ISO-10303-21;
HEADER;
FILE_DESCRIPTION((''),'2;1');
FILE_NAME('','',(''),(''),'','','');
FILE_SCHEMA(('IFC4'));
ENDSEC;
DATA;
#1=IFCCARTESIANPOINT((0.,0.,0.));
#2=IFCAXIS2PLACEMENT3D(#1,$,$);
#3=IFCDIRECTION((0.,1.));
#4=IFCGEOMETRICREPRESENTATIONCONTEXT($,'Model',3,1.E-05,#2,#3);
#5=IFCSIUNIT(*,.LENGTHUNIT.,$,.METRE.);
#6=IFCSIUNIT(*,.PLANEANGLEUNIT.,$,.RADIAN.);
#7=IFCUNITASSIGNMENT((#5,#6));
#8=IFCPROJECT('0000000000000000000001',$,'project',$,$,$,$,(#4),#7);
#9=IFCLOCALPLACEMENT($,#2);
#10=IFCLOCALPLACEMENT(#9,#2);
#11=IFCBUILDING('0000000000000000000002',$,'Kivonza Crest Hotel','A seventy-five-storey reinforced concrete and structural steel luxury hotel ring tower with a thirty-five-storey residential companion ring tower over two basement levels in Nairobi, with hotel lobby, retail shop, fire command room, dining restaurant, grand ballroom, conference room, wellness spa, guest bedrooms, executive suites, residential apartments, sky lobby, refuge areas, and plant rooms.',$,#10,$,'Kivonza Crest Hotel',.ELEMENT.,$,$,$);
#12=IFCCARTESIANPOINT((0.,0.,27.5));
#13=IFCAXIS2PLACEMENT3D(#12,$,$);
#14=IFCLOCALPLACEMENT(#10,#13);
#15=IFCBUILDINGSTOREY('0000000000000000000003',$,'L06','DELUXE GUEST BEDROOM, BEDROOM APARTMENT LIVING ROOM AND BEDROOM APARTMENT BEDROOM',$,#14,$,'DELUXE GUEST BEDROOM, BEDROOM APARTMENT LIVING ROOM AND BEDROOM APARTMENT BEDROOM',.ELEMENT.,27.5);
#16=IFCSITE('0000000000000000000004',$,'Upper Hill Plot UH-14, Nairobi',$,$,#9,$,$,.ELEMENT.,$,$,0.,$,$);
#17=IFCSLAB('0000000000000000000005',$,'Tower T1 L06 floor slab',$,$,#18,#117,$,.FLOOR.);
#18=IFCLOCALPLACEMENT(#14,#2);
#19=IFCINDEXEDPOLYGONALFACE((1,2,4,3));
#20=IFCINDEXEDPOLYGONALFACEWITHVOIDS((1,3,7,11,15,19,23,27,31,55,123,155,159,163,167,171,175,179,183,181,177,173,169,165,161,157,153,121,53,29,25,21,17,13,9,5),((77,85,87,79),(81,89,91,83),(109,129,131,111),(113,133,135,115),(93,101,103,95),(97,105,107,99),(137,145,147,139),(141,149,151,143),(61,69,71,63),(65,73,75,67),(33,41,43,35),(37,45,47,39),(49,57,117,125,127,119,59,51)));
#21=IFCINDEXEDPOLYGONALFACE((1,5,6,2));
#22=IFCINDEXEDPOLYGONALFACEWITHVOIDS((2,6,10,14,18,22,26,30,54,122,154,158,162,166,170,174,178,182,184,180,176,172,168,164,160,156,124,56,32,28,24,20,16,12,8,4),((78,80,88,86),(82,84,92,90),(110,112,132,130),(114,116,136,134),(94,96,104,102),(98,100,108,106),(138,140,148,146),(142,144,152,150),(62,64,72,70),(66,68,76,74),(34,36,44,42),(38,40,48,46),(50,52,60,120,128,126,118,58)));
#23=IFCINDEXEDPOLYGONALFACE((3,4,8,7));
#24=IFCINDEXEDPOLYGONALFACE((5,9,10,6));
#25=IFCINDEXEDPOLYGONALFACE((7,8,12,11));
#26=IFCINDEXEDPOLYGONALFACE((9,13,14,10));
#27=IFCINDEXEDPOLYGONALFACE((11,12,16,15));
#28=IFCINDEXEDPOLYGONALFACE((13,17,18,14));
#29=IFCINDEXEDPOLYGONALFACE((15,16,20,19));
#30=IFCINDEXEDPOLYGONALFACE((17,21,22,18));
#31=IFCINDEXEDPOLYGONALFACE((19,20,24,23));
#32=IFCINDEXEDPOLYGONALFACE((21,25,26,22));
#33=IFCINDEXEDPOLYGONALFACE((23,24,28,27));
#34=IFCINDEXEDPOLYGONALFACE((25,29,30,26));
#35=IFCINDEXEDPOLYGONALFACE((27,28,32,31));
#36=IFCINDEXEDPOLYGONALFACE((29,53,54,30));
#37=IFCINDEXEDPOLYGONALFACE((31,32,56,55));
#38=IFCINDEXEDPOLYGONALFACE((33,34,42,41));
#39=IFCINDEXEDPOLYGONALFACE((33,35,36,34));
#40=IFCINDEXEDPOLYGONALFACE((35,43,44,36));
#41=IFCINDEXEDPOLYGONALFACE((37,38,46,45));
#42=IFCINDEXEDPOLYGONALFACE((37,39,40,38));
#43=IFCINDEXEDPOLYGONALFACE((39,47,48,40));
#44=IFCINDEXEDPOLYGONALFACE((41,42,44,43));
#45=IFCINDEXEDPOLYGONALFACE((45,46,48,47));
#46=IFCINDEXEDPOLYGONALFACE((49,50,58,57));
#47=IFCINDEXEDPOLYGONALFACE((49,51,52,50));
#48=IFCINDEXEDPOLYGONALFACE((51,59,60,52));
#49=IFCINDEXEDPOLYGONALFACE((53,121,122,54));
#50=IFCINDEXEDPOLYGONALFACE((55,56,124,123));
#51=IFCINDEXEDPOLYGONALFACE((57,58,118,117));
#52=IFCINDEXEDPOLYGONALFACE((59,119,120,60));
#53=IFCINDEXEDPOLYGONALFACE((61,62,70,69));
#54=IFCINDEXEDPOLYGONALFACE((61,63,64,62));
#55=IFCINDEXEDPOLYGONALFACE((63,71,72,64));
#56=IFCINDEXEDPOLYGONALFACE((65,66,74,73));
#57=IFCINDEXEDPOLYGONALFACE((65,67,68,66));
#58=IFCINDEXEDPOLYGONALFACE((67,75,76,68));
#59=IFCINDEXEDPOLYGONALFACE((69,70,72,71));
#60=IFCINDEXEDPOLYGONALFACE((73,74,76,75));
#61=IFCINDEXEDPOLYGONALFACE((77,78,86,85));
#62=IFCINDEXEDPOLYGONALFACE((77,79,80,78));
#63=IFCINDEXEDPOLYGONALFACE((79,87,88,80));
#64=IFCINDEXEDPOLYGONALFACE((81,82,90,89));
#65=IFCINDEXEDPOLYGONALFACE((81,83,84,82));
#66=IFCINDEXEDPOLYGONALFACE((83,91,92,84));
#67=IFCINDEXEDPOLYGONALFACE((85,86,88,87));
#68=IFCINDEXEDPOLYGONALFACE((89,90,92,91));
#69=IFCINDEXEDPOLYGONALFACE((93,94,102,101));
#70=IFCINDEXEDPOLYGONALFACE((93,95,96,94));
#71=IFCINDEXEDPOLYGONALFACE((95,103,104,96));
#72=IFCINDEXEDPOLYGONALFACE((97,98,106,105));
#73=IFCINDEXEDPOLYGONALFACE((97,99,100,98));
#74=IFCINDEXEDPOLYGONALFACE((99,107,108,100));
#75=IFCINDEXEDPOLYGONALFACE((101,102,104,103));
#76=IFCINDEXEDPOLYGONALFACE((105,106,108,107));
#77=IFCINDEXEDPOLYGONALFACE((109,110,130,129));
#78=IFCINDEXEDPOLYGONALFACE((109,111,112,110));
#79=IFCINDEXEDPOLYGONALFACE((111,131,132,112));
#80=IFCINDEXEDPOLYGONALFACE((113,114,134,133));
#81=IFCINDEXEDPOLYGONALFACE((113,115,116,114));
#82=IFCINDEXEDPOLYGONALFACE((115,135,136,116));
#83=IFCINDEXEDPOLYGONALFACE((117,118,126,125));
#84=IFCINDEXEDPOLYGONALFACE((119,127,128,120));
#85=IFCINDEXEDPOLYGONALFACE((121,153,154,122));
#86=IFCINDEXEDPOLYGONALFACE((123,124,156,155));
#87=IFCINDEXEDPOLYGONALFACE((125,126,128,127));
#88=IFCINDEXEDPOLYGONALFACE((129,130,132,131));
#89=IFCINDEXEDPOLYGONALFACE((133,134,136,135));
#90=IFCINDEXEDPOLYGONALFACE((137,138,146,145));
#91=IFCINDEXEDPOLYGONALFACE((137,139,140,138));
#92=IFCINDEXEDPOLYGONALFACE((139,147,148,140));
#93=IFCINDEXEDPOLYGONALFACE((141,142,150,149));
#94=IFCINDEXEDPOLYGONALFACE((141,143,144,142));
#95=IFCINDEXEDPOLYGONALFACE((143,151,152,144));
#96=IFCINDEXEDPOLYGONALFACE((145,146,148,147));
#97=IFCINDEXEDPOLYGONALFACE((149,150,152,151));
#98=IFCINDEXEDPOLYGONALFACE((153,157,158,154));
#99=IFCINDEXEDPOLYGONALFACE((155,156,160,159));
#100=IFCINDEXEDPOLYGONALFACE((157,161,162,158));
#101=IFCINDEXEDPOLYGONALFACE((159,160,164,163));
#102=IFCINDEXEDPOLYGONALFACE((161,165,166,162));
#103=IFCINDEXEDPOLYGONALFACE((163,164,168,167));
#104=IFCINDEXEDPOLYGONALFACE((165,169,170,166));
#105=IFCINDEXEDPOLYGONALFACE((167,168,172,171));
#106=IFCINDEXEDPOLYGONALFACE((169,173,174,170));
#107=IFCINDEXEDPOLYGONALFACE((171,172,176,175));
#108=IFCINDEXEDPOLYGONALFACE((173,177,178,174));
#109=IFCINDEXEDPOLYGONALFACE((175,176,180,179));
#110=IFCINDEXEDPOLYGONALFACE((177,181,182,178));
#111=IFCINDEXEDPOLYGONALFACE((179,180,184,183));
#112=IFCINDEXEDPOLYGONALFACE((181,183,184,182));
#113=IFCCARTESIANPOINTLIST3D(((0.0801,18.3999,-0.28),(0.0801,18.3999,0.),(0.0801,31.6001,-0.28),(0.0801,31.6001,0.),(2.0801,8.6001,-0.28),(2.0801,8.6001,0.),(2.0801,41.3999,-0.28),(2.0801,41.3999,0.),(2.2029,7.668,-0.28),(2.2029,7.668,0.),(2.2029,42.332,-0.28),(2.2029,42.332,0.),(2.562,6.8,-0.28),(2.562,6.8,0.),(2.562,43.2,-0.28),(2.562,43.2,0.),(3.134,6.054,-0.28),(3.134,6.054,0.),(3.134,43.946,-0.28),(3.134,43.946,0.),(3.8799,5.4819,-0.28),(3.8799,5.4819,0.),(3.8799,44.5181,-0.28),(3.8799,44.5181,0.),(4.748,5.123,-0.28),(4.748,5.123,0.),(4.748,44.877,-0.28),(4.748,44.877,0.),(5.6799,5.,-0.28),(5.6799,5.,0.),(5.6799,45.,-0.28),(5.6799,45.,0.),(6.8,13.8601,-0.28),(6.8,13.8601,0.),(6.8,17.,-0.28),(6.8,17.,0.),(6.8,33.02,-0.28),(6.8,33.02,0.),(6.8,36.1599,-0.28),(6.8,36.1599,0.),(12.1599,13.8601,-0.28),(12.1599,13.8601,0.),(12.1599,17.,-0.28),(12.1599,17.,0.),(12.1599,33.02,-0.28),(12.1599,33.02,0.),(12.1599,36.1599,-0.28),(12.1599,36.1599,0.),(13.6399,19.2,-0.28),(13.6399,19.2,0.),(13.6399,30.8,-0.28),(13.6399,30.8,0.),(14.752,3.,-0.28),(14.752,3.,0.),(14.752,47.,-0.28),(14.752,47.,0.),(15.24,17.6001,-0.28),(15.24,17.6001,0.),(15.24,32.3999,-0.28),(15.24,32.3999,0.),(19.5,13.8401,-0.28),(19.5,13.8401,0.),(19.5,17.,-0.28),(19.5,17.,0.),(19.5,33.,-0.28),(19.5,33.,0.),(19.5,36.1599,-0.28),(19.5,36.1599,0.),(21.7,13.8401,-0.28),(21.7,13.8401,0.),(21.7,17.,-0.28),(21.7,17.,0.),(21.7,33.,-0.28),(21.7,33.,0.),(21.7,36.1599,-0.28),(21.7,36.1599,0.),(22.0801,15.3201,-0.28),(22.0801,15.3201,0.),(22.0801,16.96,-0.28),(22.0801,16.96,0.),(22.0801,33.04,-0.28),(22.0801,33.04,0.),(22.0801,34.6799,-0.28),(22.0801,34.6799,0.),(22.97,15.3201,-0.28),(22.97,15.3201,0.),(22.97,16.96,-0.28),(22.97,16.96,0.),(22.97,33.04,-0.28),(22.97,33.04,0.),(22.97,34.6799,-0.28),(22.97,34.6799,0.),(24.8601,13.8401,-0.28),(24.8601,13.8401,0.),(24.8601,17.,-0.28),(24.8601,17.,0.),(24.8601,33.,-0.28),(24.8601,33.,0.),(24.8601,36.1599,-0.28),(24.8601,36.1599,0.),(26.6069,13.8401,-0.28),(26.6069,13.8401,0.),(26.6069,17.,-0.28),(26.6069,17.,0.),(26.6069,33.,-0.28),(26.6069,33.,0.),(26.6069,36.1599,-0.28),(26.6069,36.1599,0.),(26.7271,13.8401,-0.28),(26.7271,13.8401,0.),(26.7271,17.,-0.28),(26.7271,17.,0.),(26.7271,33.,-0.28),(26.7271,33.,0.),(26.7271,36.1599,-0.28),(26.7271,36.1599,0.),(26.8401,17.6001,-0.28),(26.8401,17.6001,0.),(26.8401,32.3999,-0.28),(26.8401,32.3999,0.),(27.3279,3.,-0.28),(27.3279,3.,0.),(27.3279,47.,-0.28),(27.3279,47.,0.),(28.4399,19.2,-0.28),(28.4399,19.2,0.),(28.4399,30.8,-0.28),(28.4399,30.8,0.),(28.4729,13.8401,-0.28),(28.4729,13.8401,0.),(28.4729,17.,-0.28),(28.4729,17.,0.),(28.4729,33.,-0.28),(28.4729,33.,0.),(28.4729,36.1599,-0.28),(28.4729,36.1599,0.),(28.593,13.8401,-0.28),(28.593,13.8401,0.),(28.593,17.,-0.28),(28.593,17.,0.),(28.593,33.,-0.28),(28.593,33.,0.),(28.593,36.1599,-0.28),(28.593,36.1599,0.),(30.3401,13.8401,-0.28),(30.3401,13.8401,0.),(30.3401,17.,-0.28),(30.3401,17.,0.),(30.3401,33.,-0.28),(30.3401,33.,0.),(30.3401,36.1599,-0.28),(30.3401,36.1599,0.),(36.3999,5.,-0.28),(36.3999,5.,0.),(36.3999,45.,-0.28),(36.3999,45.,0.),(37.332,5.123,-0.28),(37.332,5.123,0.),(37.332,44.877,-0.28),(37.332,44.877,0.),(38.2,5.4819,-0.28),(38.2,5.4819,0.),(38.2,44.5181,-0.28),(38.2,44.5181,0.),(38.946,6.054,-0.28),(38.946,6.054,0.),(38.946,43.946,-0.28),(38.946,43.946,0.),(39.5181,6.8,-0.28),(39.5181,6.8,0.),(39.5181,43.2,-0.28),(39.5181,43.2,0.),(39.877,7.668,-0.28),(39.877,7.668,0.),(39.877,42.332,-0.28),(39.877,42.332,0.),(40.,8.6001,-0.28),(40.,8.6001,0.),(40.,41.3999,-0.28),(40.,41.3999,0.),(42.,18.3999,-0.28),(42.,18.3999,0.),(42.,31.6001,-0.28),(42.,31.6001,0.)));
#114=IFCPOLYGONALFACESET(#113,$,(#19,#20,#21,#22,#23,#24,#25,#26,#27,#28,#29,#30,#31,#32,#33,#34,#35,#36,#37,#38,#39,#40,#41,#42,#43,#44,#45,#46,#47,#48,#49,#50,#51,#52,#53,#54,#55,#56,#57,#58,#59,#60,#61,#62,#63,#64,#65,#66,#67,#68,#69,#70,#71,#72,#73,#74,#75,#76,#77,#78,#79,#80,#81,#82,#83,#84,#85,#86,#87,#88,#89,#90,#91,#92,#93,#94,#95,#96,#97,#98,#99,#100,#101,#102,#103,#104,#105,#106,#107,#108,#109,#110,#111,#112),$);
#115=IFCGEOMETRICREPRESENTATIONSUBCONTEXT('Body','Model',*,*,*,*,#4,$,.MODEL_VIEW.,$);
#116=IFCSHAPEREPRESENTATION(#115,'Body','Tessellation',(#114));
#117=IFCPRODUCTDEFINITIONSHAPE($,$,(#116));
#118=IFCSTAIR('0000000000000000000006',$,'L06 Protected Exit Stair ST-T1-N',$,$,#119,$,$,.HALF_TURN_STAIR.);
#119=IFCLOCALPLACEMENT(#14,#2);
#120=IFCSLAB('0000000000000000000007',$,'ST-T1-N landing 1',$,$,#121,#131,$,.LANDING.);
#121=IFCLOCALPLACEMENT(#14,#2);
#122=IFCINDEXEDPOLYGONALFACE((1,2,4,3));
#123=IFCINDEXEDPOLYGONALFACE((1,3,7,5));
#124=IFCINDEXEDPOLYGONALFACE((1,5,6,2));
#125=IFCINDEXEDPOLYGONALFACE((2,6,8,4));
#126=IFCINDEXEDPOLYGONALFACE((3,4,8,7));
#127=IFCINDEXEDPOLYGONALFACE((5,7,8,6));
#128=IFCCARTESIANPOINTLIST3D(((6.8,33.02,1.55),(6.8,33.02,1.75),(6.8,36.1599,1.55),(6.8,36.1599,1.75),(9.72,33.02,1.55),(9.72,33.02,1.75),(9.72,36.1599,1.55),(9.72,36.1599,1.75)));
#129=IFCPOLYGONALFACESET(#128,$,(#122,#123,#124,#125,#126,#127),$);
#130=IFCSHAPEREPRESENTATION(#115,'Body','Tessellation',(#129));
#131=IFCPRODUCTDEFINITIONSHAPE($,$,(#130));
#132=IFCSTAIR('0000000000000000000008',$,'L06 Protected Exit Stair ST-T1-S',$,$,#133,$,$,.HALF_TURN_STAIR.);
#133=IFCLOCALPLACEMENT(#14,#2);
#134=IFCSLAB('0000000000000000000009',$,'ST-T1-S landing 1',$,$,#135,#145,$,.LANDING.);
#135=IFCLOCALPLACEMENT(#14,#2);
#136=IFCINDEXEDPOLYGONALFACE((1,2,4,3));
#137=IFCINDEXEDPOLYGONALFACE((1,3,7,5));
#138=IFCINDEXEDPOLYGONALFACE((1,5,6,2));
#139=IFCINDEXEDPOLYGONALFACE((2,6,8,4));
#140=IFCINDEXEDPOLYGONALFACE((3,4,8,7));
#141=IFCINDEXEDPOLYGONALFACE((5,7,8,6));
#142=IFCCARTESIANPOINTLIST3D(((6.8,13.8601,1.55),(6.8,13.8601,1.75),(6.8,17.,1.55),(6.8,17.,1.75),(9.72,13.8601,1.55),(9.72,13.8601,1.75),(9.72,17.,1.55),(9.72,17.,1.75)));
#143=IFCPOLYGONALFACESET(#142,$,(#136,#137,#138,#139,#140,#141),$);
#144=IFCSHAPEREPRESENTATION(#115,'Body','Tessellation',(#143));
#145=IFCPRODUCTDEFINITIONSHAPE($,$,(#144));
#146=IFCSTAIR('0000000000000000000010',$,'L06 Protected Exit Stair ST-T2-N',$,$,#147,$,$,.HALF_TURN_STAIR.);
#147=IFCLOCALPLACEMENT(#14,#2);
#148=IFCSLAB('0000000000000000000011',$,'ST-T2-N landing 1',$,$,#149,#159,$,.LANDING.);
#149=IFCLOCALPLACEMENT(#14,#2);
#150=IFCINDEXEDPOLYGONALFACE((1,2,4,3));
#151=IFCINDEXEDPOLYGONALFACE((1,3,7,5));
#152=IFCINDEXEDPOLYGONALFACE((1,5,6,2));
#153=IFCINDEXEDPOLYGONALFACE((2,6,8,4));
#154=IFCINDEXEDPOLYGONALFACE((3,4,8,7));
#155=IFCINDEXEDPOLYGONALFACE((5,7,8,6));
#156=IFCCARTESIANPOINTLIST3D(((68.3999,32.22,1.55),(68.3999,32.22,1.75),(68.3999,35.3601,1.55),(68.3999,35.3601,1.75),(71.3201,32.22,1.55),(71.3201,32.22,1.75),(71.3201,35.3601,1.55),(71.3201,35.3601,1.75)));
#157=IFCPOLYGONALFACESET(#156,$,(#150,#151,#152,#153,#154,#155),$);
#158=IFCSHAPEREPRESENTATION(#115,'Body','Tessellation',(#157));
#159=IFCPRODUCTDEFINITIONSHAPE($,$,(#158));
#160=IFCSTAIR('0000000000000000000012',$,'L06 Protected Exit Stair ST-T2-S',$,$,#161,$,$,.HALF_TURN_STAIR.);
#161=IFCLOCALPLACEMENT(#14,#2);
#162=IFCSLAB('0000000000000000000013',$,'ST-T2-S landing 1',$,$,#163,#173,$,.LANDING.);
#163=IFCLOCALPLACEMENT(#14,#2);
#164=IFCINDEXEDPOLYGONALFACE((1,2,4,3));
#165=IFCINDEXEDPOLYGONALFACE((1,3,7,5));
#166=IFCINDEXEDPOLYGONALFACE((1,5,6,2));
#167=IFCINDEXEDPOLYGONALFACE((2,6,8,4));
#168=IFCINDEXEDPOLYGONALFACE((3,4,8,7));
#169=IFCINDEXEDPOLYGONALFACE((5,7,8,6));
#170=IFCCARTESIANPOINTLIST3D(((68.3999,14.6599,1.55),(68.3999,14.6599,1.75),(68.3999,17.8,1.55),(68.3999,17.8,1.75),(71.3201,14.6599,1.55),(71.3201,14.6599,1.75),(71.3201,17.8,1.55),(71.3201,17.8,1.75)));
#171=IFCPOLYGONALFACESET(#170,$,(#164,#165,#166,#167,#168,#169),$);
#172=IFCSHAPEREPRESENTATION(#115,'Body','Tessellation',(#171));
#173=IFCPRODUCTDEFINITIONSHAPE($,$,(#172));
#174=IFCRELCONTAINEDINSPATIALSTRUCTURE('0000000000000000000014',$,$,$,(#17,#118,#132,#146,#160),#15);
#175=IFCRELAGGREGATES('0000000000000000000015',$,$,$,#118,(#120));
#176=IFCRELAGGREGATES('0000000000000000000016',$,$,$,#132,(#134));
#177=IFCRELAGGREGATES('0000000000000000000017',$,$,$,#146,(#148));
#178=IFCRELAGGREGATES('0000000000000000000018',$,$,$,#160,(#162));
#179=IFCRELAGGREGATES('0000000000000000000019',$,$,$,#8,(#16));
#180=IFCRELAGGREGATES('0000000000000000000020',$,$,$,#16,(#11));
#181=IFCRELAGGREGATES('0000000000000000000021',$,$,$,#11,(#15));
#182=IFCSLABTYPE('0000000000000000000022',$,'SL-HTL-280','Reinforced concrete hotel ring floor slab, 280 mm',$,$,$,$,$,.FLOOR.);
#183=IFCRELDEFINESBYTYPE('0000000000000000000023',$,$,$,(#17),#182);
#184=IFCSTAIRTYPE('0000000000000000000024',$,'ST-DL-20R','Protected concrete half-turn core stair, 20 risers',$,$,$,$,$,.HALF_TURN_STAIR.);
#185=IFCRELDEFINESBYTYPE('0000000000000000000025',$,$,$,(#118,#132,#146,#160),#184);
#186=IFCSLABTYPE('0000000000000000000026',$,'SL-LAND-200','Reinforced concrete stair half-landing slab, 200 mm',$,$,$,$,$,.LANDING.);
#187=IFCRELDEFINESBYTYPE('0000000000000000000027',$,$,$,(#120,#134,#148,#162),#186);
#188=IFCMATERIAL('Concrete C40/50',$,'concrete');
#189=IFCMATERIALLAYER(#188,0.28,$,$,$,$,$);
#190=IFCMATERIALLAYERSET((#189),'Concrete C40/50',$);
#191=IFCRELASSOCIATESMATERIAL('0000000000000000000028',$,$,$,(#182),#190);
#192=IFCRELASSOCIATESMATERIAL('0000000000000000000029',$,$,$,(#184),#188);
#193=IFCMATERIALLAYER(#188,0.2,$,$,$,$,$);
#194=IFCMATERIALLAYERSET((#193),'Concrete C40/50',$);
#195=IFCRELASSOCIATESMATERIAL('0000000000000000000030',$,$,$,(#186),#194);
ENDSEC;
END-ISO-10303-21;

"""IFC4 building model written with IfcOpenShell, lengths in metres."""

from ifc_helpers import new_model, si_unit, direction, frame, origin, place, context, subcontext, project, spatial, polyline, outline, extrude, material, layer, layer_set, type_object, element, aggregate, save


model = new_model("IFC4")

# Units and contexts
model_context = context("Model", 3, precision=1e-05, world=origin(), true_north=direction((0.0, 1.0)))
body_context = subcontext(model_context, "Body", "Model", "MODEL_VIEW")
ifc_project = project(units=[si_unit("LENGTHUNIT", "METRE"), si_unit("PLANEANGLEUNIT", "RADIAN")], contexts=[model_context])

# Site, building, storey
site_placement = place(None, origin())
site = spatial("IfcSite", under=ifc_project, at=site_placement, Name="Upper Hill Plot UH-14, Nairobi", CompositionType="ELEMENT", RefElevation=0.0)
building_placement = place(site_placement, origin())
building = spatial("IfcBuilding", under=site, at=building_placement, Name="Kivonza Crest Hotel", Description="A seventy-five-storey reinforced concrete and structural steel luxury hotel ring tower with a thirty-five-storey residential companion ring tower over two basement levels in Nairobi, with hotel lobby, retail shop, fire command room, dining restaurant, grand ballroom, conference room, wellness spa, guest bedrooms, executive suites, residential apartments, sky lobby, refuge areas, and plant rooms.", LongName="Kivonza Crest Hotel", CompositionType="ELEMENT")
storey_placement = place(building_placement, frame((0.0, 0.0, 27.5)))
storey = spatial("IfcBuildingStorey", under=building, at=storey_placement, Name="L06", Description="DELUXE GUEST BEDROOM, BEDROOM APARTMENT LIVING ROOM AND BEDROOM APARTMENT BEDROOM", LongName="DELUXE GUEST BEDROOM, BEDROOM APARTMENT LIVING ROOM AND BEDROOM APARTMENT BEDROOM", CompositionType="ELEMENT", Elevation=27.5)

# Slab
ifc_material_1 = material(Name="Concrete C40/50", Category="concrete")
ifc_layer_1 = layer(ifc_material_1, 0.28)
ifc_layer_set_1 = layer_set([ifc_layer_1], Name="Concrete C40/50")
slab_type_1 = type_object("IfcSlabType", Name="SL-HTL-280", Description="Reinforced concrete hotel ring floor slab, 280 mm", PredefinedType="FLOOR", material=ifc_layer_set_1)
slab_1_placement = place(storey_placement, frame((0.0, 0.0, -0.28)))
element("IfcSlab", 1, at=slab_1_placement, inside=storey, type_object=slab_type_1, Name="Tower T1 L06 floor slab", PredefinedType="FLOOR", context=body_context, shape_type="SweptSolid", body=[
    extrude(outline(polyline([(2.0801, 8.6001), (2.2029, 7.668), (2.562, 6.8), (3.134, 6.054), (3.8799, 5.4819), (4.748, 5.123), (5.6799, 5.0), (14.752, 3.0), (27.3279, 3.0), (36.3999, 5.0), (37.332, 5.123), (38.2, 5.4819), (38.946, 6.054), (39.5181, 6.8), (39.877, 7.668), (40.0, 8.6001), (42.0, 18.3999), (42.0, 31.6001), (40.0, 41.3999), (39.877, 42.332), (39.5181, 43.2), (38.946, 43.946), (38.2, 44.5181), (37.332, 44.877), (36.3999, 45.0), (27.3279, 47.0), (14.752, 47.0), (5.6799, 45.0), (4.748, 44.877), (3.8799, 44.5181), (3.134, 43.946), (2.562, 43.2), (2.2029, 42.332), (2.0801, 41.3999), (0.0801, 31.6001), (0.0801, 18.3999), (2.0801, 8.6001)]), holes=[polyline([(15.24, 17.6001), (26.8401, 17.6001), (28.4399, 19.2), (28.4399, 30.8), (26.8401, 32.3999), (15.24, 32.3999), (13.6399, 30.8), (13.6399, 19.2), (15.24, 17.6001)]), polyline([(6.8, 33.02), (12.1599, 33.02), (12.1599, 36.1599), (6.8, 36.1599), (6.8, 33.02)]), polyline([(6.8, 13.8601), (12.1599, 13.8601), (12.1599, 17.0), (6.8, 17.0), (6.8, 13.8601)]), polyline([(22.0801, 33.04), (22.97, 33.04), (22.97, 34.6799), (22.0801, 34.6799), (22.0801, 33.04)]), polyline([(22.0801, 15.3201), (22.97, 15.3201), (22.97, 16.96), (22.0801, 16.96), (22.0801, 15.3201)]), polyline([(19.5, 33.0), (21.7, 33.0), (21.7, 36.1599), (19.5, 36.1599), (19.5, 33.0)]), polyline([(24.8601, 33.0), (26.6069, 33.0), (26.6069, 36.1599), (24.8601, 36.1599), (24.8601, 33.0)]), polyline([(26.7271, 33.0), (28.4729, 33.0), (28.4729, 36.1599), (26.7271, 36.1599), (26.7271, 33.0)]), polyline([(28.593, 33.0), (30.3401, 33.0), (30.3401, 36.1599), (28.593, 36.1599), (28.593, 33.0)]), polyline([(19.5, 13.8401), (21.7, 13.8401), (21.7, 17.0), (19.5, 17.0), (19.5, 13.8401)]), polyline([(24.8601, 13.8401), (26.6069, 13.8401), (26.6069, 17.0), (24.8601, 17.0), (24.8601, 13.8401)]), polyline([(26.7271, 13.8401), (28.4729, 13.8401), (28.4729, 17.0), (26.7271, 17.0), (26.7271, 13.8401)]), polyline([(28.593, 13.8401), (30.3401, 13.8401), (30.3401, 17.0), (28.593, 17.0), (28.593, 13.8401)])]), origin(), (0.0, 0.0, 1.0), 0.28),
])

# Stairs, slabs
stair_type = type_object("IfcStairType", Name="ST-DL-20R", Description="Protected concrete half-turn core stair, 20 risers", PredefinedType="HALF_TURN_STAIR", material=ifc_material_1)
stair_1_placement = place(storey_placement, origin())
stair_1 = element("IfcStair", 2, at=stair_1_placement, inside=storey, type_object=stair_type, Name="L06 Protected Exit Stair ST-T1-N", PredefinedType="HALF_TURN_STAIR")
ifc_layer_2 = layer(ifc_material_1, 0.2)
ifc_layer_set_2 = layer_set([ifc_layer_2], Name="Concrete C40/50")
slab_type_2 = type_object("IfcSlabType", Name="SL-LAND-200", Description="Reinforced concrete stair half-landing slab, 200 mm", PredefinedType="LANDING", material=ifc_layer_set_2)
slab_2_placement = place(storey_placement, frame((0.0, 0.0, 1.55)))
slab_2 = element("IfcSlab", 3, at=slab_2_placement, type_object=slab_type_2, Name="ST-T1-N landing 1", PredefinedType="LANDING", context=body_context, shape_type="SweptSolid", body=[
    extrude(outline(polyline([(9.72, 36.1599), (6.8, 36.1599), (6.8, 33.02), (9.72, 33.02), (9.72, 36.1599)])), origin(), (0.0, 0.0, 1.0), 0.2),
])
aggregate(stair_1, [slab_2])
stair_2_placement = place(storey_placement, origin())
stair_2 = element("IfcStair", 4, at=stair_2_placement, inside=storey, type_object=stair_type, Name="L06 Protected Exit Stair ST-T1-S", PredefinedType="HALF_TURN_STAIR")
slab_3_placement = place(storey_placement, frame((0.0, 0.0, 1.55)))
slab_3 = element("IfcSlab", 5, at=slab_3_placement, type_object=slab_type_2, Name="ST-T1-S landing 1", PredefinedType="LANDING", context=body_context, shape_type="SweptSolid", body=[
    extrude(outline(polyline([(9.72, 17.0), (6.8, 17.0), (6.8, 13.8601), (9.72, 13.8601), (9.72, 17.0)])), origin(), (0.0, 0.0, 1.0), 0.2),
])
aggregate(stair_2, [slab_3])
stair_3_placement = place(storey_placement, origin())
stair_3 = element("IfcStair", 6, at=stair_3_placement, inside=storey, type_object=stair_type, Name="L06 Protected Exit Stair ST-T2-N", PredefinedType="HALF_TURN_STAIR")
slab_4_placement = place(storey_placement, frame((0.0, 0.0, 1.55)))
slab_4 = element("IfcSlab", 7, at=slab_4_placement, type_object=slab_type_2, Name="ST-T2-N landing 1", PredefinedType="LANDING", context=body_context, shape_type="SweptSolid", body=[
    extrude(outline(polyline([(71.3201, 35.3601), (68.3999, 35.3601), (68.3999, 32.22), (71.3201, 32.22), (71.3201, 35.3601)])), origin(), (0.0, 0.0, 1.0), 0.2),
])
aggregate(stair_3, [slab_4])
stair_4_placement = place(storey_placement, origin())
stair_4 = element("IfcStair", 8, at=stair_4_placement, inside=storey, type_object=stair_type, Name="L06 Protected Exit Stair ST-T2-S", PredefinedType="HALF_TURN_STAIR")
slab_5_placement = place(storey_placement, frame((0.0, 0.0, 1.55)))
slab_5 = element("IfcSlab", 9, at=slab_5_placement, type_object=slab_type_2, Name="ST-T2-S landing 1", PredefinedType="LANDING", context=body_context, shape_type="SweptSolid", body=[
    extrude(outline(polyline([(71.3201, 17.8), (68.3999, 17.8), (68.3999, 14.6599), (71.3201, 14.6599), (71.3201, 17.8)])), origin(), (0.0, 0.0, 1.0), 0.2),
])
aggregate(stair_4, [slab_5])

save(model, "model.ifc")
